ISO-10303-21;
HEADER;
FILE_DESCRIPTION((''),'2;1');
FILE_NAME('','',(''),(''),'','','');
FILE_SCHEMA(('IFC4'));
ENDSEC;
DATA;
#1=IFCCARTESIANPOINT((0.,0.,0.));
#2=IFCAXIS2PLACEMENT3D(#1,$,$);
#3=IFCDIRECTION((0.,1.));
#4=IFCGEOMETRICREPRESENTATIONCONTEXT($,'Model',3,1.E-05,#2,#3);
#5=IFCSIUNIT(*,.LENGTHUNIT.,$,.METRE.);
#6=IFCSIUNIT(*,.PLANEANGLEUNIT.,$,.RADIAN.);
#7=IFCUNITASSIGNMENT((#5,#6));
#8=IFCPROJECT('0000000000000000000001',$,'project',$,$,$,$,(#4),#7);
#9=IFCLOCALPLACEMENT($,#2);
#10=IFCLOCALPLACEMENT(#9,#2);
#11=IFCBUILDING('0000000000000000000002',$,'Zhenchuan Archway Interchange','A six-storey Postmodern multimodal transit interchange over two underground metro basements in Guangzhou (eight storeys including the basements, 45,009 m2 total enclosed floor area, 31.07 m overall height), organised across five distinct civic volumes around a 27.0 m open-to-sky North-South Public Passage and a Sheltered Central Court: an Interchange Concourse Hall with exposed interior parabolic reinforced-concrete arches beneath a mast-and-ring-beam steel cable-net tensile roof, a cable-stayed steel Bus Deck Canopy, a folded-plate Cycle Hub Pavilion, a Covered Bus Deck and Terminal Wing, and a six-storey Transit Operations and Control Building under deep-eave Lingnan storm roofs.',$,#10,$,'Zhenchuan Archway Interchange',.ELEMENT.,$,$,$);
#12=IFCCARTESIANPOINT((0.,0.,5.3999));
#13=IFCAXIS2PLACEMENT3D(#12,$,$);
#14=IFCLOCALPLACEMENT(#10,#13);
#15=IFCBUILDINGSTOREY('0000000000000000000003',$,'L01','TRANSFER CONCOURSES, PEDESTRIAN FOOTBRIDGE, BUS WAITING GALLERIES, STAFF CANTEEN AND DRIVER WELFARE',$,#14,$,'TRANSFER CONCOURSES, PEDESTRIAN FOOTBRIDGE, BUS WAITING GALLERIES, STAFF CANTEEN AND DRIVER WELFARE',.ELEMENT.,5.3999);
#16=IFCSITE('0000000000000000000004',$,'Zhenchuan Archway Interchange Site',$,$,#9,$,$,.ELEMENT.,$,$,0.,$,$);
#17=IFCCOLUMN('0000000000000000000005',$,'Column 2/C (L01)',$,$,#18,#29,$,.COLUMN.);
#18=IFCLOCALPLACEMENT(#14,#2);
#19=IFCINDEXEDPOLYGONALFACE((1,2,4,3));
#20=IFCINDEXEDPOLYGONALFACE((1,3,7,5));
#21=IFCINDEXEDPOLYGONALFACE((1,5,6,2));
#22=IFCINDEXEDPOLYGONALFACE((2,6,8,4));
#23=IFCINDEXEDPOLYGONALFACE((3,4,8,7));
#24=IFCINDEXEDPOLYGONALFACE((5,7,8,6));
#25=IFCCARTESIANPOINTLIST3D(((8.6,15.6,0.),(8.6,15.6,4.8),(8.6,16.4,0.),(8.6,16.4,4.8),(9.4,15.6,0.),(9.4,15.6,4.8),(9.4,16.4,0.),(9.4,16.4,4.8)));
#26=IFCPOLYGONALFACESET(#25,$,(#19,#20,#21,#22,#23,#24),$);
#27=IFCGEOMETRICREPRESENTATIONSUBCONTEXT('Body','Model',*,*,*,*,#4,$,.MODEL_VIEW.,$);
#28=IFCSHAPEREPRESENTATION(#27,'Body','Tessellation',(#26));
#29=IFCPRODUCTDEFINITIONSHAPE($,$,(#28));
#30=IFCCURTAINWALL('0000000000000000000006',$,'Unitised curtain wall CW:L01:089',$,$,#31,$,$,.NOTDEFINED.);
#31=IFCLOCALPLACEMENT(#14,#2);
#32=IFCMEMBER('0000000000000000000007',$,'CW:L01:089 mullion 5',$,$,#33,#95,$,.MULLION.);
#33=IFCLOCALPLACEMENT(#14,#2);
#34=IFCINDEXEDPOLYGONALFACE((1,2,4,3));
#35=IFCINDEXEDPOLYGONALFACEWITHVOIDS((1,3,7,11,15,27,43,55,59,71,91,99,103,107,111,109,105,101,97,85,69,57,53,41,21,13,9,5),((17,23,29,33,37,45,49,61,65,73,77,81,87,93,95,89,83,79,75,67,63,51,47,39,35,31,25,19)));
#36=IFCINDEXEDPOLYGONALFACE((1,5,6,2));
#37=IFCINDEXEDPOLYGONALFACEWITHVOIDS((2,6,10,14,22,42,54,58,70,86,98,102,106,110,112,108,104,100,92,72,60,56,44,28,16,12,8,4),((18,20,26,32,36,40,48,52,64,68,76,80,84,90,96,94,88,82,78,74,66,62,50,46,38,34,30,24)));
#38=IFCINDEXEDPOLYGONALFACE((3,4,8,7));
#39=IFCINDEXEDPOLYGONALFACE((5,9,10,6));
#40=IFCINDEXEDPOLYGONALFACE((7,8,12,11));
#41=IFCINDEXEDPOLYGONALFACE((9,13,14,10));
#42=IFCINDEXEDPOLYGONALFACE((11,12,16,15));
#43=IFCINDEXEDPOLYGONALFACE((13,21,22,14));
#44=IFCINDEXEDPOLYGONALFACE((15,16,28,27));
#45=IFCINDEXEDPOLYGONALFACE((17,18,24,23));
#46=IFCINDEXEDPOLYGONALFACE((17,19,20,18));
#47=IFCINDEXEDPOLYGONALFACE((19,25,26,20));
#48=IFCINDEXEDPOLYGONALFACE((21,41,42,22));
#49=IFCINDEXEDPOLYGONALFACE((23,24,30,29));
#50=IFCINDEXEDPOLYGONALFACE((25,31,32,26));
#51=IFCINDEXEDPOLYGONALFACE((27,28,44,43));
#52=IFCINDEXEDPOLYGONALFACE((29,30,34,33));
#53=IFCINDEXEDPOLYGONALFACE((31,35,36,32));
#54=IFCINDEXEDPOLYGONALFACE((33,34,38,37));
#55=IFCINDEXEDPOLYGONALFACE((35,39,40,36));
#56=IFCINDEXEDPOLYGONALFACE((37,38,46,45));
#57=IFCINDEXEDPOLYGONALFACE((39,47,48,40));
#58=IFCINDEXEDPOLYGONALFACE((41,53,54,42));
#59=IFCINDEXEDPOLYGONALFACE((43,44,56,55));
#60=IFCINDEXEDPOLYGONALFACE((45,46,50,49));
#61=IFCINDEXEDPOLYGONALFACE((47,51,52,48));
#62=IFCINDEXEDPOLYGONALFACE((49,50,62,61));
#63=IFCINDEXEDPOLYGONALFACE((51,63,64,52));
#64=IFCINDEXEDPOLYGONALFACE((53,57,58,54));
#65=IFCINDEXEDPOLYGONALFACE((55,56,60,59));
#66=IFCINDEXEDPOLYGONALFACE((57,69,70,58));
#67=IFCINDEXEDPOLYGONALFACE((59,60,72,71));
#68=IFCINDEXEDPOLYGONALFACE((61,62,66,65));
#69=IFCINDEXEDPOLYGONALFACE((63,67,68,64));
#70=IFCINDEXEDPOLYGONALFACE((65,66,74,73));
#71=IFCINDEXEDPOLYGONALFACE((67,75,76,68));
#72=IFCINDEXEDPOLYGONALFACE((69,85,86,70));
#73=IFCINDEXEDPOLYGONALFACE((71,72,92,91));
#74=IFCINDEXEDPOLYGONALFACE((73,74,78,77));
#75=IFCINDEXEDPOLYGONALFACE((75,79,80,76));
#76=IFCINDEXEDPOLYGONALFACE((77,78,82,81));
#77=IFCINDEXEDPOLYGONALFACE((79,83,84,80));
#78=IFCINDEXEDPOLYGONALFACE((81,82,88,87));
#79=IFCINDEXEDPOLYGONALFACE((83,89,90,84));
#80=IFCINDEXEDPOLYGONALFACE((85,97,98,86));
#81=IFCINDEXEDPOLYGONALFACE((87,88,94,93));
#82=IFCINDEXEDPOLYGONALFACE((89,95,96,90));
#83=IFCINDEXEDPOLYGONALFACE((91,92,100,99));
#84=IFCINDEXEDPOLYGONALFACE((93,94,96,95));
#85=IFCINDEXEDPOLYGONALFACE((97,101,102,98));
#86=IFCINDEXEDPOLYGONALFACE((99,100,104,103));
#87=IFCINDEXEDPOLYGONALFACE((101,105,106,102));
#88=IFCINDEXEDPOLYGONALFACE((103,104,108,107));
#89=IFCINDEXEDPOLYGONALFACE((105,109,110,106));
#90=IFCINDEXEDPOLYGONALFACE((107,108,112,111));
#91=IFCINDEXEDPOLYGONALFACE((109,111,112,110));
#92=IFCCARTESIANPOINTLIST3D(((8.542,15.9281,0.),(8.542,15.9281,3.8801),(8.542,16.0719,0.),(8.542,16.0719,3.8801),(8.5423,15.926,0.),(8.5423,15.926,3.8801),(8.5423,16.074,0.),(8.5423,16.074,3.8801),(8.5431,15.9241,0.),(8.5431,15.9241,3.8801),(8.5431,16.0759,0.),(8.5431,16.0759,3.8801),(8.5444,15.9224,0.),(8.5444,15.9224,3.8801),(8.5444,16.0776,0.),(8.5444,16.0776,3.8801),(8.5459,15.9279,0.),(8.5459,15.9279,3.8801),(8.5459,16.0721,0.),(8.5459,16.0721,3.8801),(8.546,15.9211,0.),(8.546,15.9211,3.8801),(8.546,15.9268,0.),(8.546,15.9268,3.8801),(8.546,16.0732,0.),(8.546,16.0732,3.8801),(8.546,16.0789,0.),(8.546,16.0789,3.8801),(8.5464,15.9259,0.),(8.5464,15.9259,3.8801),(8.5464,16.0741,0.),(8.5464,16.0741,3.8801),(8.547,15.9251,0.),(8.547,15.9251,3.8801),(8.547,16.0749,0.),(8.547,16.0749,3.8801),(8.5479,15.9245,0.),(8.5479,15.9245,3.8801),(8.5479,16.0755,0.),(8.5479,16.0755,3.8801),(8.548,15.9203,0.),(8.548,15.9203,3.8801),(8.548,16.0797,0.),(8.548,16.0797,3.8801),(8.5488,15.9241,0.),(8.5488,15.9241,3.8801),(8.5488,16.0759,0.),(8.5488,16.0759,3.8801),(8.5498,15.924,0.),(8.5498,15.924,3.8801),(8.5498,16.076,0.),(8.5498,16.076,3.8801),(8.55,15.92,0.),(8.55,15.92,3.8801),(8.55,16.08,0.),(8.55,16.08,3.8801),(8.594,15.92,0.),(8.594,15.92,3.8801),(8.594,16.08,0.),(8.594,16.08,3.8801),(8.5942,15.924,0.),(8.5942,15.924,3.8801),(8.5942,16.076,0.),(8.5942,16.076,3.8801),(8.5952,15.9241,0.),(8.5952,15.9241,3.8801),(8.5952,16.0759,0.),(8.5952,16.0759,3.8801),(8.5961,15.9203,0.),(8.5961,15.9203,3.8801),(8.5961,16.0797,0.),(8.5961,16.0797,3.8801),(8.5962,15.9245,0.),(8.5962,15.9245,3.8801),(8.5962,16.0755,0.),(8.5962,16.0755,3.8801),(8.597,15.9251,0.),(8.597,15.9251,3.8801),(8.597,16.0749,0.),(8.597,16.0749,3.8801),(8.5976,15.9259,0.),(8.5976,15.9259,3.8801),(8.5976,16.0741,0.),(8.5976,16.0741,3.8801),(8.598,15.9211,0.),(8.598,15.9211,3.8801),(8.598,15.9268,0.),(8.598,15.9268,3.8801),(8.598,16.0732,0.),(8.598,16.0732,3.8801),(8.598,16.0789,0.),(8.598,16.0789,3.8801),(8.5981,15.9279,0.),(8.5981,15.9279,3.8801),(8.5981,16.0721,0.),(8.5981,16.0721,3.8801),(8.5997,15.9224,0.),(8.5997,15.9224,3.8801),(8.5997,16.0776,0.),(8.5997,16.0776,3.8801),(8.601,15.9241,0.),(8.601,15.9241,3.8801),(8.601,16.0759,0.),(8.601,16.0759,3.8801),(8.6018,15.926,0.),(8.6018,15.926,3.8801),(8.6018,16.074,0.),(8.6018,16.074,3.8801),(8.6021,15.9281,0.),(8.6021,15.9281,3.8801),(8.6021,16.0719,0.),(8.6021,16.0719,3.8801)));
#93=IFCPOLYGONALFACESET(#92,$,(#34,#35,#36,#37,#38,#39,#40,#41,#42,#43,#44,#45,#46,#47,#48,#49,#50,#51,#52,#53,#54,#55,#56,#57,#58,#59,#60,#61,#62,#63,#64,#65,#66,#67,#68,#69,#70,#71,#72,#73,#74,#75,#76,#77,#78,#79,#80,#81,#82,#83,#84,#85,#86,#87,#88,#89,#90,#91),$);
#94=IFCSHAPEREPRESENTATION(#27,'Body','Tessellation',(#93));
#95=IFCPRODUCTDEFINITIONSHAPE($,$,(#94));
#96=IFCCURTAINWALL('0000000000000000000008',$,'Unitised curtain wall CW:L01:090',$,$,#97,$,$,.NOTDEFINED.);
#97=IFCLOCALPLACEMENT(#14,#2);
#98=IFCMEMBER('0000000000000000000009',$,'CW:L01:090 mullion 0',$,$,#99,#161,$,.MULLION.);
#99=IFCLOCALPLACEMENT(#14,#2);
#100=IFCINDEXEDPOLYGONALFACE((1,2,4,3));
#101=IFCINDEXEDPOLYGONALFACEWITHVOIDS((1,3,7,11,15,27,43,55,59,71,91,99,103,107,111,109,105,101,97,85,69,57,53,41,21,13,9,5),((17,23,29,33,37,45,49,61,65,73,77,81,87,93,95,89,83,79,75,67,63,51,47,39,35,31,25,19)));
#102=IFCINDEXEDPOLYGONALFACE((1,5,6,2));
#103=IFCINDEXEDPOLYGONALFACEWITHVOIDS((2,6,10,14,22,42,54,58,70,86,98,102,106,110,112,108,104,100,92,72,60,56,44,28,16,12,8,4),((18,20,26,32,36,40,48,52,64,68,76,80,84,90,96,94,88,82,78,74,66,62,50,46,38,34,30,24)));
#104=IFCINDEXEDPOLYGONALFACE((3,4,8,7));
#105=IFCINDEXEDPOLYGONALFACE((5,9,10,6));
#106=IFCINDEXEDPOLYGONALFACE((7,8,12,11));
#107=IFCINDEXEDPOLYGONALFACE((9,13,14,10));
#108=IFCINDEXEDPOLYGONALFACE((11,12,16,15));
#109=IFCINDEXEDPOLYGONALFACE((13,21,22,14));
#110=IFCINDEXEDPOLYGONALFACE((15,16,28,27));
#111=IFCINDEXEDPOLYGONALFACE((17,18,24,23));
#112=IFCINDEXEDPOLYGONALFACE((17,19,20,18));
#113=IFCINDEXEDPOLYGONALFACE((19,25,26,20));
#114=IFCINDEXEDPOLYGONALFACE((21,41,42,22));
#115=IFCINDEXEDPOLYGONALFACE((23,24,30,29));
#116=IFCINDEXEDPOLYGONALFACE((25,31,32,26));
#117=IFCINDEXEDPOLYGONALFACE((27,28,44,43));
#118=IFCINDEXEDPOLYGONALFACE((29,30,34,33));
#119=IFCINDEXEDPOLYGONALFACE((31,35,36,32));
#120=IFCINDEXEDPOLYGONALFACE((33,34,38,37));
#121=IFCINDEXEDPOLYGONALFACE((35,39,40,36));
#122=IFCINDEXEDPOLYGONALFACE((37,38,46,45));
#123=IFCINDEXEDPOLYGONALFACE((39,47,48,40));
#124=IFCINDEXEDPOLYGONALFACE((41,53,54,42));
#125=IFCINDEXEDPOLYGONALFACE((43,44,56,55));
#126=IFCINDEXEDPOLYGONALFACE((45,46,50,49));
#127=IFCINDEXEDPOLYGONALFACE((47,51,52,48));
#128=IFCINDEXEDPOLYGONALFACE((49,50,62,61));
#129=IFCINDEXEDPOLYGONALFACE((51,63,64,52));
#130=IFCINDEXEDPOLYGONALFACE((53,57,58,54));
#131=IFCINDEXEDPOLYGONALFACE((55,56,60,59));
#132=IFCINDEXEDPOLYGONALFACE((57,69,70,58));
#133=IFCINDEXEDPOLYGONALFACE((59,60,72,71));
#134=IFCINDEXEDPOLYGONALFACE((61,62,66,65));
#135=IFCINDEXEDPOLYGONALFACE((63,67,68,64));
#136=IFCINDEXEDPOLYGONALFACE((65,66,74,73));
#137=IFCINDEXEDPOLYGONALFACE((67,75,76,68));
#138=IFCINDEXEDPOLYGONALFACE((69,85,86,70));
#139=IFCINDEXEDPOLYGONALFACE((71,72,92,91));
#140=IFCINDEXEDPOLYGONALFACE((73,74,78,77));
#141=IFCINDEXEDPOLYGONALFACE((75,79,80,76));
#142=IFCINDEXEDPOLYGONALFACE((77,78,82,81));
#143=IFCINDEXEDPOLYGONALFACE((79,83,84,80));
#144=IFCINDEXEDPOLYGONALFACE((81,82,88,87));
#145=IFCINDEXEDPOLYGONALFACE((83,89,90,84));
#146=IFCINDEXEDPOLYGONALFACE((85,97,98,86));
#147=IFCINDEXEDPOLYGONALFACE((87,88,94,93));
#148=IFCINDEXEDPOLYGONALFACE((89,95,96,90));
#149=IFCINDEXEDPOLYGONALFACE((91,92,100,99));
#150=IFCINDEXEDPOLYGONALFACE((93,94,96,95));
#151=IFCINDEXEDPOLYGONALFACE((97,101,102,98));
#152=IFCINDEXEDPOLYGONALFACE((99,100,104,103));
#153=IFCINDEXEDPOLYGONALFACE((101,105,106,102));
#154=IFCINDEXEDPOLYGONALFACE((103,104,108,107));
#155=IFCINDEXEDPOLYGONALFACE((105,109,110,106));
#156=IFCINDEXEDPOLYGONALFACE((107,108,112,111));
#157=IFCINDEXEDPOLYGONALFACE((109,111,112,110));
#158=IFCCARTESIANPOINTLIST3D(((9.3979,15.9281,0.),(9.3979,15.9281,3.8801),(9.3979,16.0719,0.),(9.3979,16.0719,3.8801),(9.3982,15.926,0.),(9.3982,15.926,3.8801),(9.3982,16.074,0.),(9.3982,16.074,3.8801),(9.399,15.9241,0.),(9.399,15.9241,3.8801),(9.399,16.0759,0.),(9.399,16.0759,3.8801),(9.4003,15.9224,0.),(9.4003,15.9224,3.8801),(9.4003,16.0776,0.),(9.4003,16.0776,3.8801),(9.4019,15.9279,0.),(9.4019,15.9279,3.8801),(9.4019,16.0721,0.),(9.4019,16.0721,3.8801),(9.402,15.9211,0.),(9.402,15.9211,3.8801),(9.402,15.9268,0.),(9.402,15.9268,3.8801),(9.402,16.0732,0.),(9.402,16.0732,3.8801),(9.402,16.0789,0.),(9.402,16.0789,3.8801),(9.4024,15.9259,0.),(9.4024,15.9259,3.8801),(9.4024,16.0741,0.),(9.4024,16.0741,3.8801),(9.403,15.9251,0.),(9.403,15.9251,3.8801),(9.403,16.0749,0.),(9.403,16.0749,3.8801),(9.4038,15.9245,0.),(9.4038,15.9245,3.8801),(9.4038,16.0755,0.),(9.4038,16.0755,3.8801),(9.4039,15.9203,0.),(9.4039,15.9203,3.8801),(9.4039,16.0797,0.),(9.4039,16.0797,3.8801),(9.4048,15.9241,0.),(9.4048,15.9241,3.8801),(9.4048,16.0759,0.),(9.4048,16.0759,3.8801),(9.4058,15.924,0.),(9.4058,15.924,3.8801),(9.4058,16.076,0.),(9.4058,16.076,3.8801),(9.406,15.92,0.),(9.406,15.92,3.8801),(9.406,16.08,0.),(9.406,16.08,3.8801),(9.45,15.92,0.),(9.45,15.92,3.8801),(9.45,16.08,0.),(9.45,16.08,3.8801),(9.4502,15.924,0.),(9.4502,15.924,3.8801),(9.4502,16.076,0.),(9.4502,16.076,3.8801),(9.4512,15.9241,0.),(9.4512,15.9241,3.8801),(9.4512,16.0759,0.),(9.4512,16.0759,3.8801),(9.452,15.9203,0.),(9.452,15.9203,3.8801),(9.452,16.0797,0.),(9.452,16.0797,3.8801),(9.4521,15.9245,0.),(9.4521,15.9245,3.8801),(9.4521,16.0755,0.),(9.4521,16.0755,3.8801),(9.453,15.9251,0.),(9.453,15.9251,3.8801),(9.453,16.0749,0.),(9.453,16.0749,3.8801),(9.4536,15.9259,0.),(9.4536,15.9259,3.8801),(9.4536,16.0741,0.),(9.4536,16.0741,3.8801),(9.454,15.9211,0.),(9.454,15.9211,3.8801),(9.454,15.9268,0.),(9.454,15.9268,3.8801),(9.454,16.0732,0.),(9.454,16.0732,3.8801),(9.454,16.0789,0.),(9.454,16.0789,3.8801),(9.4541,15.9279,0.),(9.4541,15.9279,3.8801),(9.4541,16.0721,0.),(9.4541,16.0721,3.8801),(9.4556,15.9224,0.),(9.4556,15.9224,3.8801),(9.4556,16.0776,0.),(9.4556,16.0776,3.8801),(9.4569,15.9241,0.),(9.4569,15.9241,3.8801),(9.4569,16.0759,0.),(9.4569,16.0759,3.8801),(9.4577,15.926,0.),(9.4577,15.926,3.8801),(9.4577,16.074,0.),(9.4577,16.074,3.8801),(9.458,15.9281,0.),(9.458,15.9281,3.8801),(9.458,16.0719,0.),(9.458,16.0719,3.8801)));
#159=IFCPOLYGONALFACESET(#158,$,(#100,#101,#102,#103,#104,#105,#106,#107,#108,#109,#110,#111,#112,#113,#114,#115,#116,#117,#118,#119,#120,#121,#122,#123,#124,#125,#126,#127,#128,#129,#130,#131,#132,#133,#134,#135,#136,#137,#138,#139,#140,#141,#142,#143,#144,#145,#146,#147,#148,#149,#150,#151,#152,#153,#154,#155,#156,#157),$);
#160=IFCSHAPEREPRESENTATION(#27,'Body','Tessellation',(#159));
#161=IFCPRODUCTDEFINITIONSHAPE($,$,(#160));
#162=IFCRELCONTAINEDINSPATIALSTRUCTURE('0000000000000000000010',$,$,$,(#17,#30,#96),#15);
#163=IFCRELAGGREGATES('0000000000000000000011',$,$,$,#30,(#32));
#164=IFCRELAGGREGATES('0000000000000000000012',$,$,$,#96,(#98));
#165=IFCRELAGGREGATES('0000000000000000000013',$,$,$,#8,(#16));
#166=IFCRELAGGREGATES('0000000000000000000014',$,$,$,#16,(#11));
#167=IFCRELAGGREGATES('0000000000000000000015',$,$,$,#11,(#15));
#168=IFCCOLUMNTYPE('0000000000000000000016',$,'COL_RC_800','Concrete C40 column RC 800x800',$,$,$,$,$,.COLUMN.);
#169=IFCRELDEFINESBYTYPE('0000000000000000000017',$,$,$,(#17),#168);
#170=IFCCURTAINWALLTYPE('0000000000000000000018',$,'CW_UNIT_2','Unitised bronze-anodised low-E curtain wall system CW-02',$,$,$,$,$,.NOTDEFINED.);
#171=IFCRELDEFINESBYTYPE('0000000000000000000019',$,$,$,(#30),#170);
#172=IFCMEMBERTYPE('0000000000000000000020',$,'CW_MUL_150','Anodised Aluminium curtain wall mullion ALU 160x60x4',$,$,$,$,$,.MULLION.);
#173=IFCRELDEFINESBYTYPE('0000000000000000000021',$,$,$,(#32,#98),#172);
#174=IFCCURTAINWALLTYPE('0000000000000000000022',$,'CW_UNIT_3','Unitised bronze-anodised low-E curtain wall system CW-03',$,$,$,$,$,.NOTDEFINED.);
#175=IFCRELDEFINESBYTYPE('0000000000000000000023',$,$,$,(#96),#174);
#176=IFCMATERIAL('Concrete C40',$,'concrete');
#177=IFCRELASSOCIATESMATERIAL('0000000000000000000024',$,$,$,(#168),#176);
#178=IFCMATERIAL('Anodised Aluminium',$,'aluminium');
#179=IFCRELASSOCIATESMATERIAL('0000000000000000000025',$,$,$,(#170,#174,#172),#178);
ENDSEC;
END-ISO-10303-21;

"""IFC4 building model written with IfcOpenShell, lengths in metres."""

from ifc_helpers import new_model, si_unit, direction, frame, origin, origin_2d, place, context, subcontext, project, spatial, rectangle, hollow_rectangle, extrude, material, material_profile, profile_set, type_object, element, aggregate, save


model = new_model("IFC4")

# Units and contexts
model_context = context("Model", 3, precision=1e-05, world=origin(), true_north=direction((0.0, 1.0)))
body_context = subcontext(model_context, "Body", "Model", "MODEL_VIEW")
ifc_project = project(units=[si_unit("LENGTHUNIT", "METRE"), si_unit("PLANEANGLEUNIT", "RADIAN")], contexts=[model_context])

# Site, building, storey
site_placement = place(None, origin())
site = spatial("IfcSite", under=ifc_project, at=site_placement, Name="Zhenchuan Archway Interchange Site", CompositionType="ELEMENT", RefElevation=0.0)
building_placement = place(site_placement, origin())
building = spatial("IfcBuilding", under=site, at=building_placement, Name="Zhenchuan Archway Interchange", Description="A six-storey Postmodern multimodal transit interchange over two underground metro basements in Guangzhou (eight storeys including the basements, 45,009 m2 total enclosed floor area, 31.07 m overall height), organised across five distinct civic volumes around a 27.0 m open-to-sky North-South Public Passage and a Sheltered Central Court: an Interchange Concourse Hall with exposed interior parabolic reinforced-concrete arches beneath a mast-and-ring-beam steel cable-net tensile roof, a cable-stayed steel Bus Deck Canopy, a folded-plate Cycle Hub Pavilion, a Covered Bus Deck and Terminal Wing, and a six-storey Transit Operations and Control Building under deep-eave Lingnan storm roofs.", LongName="Zhenchuan Archway Interchange", CompositionType="ELEMENT")
storey_placement = place(building_placement, frame((0.0, 0.0, 5.3999)))
storey = spatial("IfcBuildingStorey", under=building, at=storey_placement, Name="L01", Description="TRANSFER CONCOURSES, PEDESTRIAN FOOTBRIDGE, BUS WAITING GALLERIES, STAFF CANTEEN AND DRIVER WELFARE", LongName="TRANSFER CONCOURSES, PEDESTRIAN FOOTBRIDGE, BUS WAITING GALLERIES, STAFF CANTEEN AND DRIVER WELFARE", CompositionType="ELEMENT", Elevation=5.3999)

# Column
ifc_material_1 = material(Name="Concrete C40", Category="concrete")
ifc_material_profile_1 = material_profile(ifc_material_1, rectangle(XDim=0.8, YDim=0.8, at=origin_2d()), Name="RC 800x800")
ifc_profile_set_1 = profile_set([ifc_material_profile_1], Name="Concrete C40")
column_type = type_object("IfcColumnType", Name="COL_RC_800", Description="Concrete C40 column RC 800x800", PredefinedType="COLUMN", material=ifc_profile_set_1)
column_placement = place(storey_placement, frame((9.0, 16.0, 0.0), z_axis=(0.0, 0.0, 1.0), x_axis=(1.0, 0.0, 0.0)))
element("IfcColumn", 1, at=column_placement, inside=storey, type_object=column_type, Name="Column 2/C (L01)", PredefinedType="COLUMN", context=body_context, shape_type="SweptSolid", body=[
    extrude(rectangle(XDim=0.8, YDim=0.8, at=origin_2d()), origin(), (0.0, 0.0, 1.0), 4.8),
])

# Curtain wall, member
ifc_material_2 = material(Name="Anodised Aluminium", Category="aluminium")
curtain_wall_type_1 = type_object("IfcCurtainWallType", Name="CW_UNIT_2", Description="Unitised bronze-anodised low-E curtain wall system CW-02", PredefinedType="NOTDEFINED", material=ifc_material_2)
curtain_wall_1_placement = place(storey_placement, origin())
curtain_wall_1 = element("IfcCurtainWall", 2, at=curtain_wall_1_placement, inside=storey, type_object=curtain_wall_type_1, Name="Unitised curtain wall CW:L01:089", PredefinedType="NOTDEFINED")
ifc_material_profile_2 = material_profile(ifc_material_2, hollow_rectangle(XDim=0.0601, YDim=0.1599, WallThickness=0.0039, InnerFilletRadius=0.0039, OuterFilletRadius=0.0081, at=origin_2d()), Name="ALU 160x60x4")
ifc_profile_set_2 = profile_set([ifc_material_profile_2], Name="Anodised Aluminium")
member_type_1 = type_object("IfcMemberType", Name="CW_MUL_150", Description="Anodised Aluminium curtain wall mullion ALU 160x60x4", PredefinedType="MULLION", material=ifc_profile_set_2)
member_1_placement = place(storey_placement, frame((8.572, 16.0, 0.0), z_axis=(0.0, 0.0, 1.0), x_axis=(1.0, 0.0, 0.0)))
member_1 = element("IfcMember", 3, at=member_1_placement, type_object=member_type_1, Name="CW:L01:089 mullion 5", PredefinedType="MULLION", context=body_context, shape_type="SweptSolid", body=[
    extrude(hollow_rectangle(XDim=0.0601, YDim=0.1599, WallThickness=0.0039, InnerFilletRadius=0.0039, OuterFilletRadius=0.0081, at=origin_2d()), origin(), (0.0, 0.0, 1.0), 3.8801),
])

# Curtain wall, member
curtain_wall_type_2 = type_object("IfcCurtainWallType", Name="CW_UNIT_3", Description="Unitised bronze-anodised low-E curtain wall system CW-03", PredefinedType="NOTDEFINED", material=ifc_material_2)
curtain_wall_2_placement = place(storey_placement, origin())
curtain_wall_2 = element("IfcCurtainWall", 4, at=curtain_wall_2_placement, inside=storey, type_object=curtain_wall_type_2, Name="Unitised curtain wall CW:L01:090", PredefinedType="NOTDEFINED")
member_2_placement = place(storey_placement, frame((9.428, 16.0, 0.0), z_axis=(0.0, 0.0, 1.0), x_axis=(1.0, 0.0, 0.0)))
member_2 = element("IfcMember", 5, at=member_2_placement, type_object=member_type_1, Name="CW:L01:090 mullion 0", PredefinedType="MULLION", context=body_context, shape_type="SweptSolid", body=[
    extrude(hollow_rectangle(XDim=0.0601, YDim=0.1599, WallThickness=0.0039, InnerFilletRadius=0.0039, OuterFilletRadius=0.0081, at=origin_2d()), origin(), (0.0, 0.0, 1.0), 3.8801),
])

aggregate(curtain_wall_1, [member_1])
aggregate(curtain_wall_2, [member_2])

save(model, "model.ifc")
